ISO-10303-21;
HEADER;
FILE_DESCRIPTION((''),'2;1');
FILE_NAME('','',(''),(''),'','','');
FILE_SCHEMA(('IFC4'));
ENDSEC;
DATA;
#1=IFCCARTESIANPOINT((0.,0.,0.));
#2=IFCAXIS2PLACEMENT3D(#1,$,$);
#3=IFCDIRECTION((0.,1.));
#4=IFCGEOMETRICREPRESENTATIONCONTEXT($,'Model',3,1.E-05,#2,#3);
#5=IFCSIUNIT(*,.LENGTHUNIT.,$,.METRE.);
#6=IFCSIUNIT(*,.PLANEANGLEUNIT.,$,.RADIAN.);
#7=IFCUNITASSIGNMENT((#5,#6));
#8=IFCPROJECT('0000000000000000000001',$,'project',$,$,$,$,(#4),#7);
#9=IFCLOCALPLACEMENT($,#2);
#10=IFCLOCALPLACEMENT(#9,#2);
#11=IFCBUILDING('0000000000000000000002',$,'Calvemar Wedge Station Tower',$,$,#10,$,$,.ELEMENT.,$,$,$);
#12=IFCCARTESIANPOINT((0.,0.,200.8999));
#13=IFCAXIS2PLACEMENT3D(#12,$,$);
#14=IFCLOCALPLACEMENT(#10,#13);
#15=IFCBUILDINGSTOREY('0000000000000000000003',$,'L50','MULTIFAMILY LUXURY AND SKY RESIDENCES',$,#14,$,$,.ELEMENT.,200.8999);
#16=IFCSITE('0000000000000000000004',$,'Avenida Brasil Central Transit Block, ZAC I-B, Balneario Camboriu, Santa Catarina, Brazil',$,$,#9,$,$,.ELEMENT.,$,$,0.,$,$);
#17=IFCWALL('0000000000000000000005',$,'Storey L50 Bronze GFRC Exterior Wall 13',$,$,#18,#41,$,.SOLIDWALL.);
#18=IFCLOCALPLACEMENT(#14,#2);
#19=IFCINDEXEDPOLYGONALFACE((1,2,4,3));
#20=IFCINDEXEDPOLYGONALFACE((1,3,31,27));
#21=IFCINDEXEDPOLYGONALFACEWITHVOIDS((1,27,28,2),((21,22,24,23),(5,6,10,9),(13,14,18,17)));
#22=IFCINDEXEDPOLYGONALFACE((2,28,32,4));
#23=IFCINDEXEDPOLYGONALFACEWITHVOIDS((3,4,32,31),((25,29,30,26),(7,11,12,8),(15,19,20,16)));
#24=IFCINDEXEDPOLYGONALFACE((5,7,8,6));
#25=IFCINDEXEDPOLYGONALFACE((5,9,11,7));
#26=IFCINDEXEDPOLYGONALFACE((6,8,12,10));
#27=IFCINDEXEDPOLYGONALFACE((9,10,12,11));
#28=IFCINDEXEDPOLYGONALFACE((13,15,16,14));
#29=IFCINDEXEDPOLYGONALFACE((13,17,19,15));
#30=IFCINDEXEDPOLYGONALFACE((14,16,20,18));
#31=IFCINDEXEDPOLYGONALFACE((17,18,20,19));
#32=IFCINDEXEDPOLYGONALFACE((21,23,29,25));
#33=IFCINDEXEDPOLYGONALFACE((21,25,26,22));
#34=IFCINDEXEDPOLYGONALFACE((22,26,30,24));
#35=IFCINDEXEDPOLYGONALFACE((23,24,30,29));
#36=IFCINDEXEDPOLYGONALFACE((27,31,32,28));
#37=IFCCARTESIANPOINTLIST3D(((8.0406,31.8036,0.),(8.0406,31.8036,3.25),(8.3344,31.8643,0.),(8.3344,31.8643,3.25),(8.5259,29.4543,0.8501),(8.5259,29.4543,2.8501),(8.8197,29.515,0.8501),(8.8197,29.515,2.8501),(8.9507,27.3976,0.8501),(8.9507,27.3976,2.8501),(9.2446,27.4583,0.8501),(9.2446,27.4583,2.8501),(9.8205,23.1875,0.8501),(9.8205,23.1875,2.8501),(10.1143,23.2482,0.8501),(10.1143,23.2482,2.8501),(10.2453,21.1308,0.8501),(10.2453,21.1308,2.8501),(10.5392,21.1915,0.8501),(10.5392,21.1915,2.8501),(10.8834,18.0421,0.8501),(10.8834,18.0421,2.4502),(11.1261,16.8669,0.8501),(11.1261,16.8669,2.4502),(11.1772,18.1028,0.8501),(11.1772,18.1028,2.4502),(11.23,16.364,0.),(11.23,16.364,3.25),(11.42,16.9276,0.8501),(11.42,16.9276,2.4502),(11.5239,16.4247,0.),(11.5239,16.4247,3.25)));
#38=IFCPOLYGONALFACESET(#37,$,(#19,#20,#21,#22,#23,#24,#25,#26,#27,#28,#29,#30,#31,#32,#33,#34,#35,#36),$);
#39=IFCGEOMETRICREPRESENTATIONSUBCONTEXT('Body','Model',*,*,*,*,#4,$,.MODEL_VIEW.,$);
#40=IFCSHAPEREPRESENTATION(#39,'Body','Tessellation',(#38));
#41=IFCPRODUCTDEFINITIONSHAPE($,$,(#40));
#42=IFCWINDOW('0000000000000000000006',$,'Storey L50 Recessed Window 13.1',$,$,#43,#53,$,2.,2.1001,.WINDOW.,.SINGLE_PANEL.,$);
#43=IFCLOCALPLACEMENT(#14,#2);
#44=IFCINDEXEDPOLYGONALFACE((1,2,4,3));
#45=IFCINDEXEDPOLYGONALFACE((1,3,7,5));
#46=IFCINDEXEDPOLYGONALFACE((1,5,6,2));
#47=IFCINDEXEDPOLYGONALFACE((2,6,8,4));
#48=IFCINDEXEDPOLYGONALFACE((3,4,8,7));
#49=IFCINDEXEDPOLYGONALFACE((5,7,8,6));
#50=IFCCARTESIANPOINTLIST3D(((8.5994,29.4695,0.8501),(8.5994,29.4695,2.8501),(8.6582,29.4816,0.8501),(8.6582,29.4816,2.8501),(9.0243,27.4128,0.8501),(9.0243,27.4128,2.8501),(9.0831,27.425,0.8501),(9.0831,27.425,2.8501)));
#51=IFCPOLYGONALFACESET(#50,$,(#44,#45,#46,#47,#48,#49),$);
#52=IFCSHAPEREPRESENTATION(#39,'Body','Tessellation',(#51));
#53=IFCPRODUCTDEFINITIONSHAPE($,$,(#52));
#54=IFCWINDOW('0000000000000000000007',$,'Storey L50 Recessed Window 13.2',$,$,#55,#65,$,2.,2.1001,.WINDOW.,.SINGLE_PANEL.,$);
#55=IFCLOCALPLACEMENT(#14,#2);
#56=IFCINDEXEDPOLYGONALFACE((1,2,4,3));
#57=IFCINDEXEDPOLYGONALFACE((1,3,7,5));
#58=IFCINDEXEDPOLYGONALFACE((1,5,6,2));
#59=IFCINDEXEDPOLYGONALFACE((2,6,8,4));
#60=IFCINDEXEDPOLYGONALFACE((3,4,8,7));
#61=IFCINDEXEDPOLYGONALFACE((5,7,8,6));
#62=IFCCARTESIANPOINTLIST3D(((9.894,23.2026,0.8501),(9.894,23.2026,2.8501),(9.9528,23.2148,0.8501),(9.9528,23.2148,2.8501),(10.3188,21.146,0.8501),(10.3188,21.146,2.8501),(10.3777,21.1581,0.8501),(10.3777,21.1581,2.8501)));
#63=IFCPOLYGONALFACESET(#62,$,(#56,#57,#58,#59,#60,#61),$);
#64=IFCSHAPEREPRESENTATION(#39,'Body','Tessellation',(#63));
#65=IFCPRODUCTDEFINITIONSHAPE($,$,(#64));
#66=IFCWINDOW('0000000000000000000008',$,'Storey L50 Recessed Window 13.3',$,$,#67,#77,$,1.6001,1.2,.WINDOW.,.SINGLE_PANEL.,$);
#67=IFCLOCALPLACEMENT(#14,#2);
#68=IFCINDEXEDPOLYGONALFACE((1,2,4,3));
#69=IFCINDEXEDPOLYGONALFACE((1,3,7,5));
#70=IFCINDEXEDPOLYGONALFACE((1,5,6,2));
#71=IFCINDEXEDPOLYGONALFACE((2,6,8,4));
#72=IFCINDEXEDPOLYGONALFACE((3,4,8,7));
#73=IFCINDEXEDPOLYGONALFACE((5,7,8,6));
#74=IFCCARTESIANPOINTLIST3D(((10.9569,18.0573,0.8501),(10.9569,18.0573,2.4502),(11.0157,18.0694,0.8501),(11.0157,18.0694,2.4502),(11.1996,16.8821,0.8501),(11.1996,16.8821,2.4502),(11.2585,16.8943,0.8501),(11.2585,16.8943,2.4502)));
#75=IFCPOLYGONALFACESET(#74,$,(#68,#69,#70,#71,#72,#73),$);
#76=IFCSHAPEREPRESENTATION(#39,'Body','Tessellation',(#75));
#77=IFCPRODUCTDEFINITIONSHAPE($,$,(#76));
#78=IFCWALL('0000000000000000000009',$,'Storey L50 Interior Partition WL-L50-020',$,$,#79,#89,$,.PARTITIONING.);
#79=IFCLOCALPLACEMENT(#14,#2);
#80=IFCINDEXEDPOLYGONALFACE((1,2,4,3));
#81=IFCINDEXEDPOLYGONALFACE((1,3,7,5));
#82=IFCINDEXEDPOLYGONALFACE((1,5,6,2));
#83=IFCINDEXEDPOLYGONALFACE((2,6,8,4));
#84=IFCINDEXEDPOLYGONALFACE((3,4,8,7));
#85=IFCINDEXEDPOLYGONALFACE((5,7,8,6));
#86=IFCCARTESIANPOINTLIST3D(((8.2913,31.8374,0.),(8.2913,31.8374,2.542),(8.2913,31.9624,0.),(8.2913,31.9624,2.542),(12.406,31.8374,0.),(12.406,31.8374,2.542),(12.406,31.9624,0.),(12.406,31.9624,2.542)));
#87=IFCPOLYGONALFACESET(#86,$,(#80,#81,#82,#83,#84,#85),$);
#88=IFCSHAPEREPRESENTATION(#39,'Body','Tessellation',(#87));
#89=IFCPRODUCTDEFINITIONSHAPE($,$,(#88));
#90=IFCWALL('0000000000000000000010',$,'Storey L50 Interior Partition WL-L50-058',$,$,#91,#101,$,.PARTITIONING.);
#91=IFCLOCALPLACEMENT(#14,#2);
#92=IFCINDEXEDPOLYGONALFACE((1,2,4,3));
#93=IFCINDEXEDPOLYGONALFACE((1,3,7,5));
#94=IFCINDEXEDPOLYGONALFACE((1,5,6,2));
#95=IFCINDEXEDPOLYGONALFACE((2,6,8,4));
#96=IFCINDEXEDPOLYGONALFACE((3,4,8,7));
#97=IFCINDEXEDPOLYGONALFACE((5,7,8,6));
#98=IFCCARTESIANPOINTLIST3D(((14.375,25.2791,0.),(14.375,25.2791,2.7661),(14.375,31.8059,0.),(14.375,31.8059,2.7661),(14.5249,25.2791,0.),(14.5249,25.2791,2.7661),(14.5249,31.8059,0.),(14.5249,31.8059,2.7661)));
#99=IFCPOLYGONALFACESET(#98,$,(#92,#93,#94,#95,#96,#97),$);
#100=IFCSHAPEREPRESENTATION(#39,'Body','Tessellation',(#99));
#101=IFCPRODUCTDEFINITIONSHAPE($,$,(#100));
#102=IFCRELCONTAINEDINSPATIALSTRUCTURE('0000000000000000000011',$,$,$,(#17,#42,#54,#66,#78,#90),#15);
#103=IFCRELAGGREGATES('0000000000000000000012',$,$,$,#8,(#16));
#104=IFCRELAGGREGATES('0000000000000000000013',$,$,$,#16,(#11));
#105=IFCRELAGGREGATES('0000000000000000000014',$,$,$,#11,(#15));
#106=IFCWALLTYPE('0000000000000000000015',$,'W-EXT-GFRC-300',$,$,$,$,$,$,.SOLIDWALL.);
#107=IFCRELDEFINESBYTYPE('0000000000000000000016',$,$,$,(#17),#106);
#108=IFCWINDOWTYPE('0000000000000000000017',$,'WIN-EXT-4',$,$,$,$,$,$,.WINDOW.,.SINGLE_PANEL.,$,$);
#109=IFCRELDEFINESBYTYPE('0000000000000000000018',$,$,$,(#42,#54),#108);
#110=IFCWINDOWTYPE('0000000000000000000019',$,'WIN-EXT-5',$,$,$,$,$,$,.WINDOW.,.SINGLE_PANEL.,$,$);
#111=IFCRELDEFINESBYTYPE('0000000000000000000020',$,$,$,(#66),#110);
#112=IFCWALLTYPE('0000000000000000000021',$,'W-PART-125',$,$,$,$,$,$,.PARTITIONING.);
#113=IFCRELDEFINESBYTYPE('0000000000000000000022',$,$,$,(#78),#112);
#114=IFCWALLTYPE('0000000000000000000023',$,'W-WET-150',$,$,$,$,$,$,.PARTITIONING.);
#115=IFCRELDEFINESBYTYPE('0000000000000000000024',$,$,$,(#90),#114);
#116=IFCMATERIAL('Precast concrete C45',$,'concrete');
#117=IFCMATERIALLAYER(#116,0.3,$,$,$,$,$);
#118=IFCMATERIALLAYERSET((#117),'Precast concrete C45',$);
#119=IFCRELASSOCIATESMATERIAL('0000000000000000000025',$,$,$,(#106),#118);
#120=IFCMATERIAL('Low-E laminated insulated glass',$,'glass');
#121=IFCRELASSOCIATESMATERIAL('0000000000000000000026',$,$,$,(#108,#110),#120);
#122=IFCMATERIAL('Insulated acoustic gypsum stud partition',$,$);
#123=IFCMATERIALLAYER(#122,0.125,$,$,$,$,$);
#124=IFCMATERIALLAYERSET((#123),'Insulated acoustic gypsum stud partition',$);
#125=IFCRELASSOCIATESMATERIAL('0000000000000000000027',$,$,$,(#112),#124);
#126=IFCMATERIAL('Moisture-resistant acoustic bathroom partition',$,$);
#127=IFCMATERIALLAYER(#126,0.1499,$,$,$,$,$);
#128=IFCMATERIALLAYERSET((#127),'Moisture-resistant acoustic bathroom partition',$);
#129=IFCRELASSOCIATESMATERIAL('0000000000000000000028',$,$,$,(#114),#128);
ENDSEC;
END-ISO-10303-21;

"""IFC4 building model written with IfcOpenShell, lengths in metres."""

from ifc_helpers import new_model, si_unit, direction, frame, frame_2d, origin, place, context, subcontext, project, spatial, rectangle, extrude, source, transform, mapped, material, layer, layer_set, type_object, element, fill, save


model = new_model("IFC4")

# Units and contexts
model_context = context("Model", 3, precision=1e-05, world=origin(), true_north=direction((0.0, 1.0)))
body_context = subcontext(model_context, "Body", "Model", "MODEL_VIEW")
ifc_project = project(units=[si_unit("LENGTHUNIT", "METRE"), si_unit("PLANEANGLEUNIT", "RADIAN")], contexts=[model_context])

# Site, building, storey
site_placement = place(None, origin())
site = spatial("IfcSite", under=ifc_project, at=site_placement, Name="Avenida Brasil Central Transit Block, ZAC I-B, Balneario Camboriu, Santa Catarina, Brazil", CompositionType="ELEMENT", RefElevation=0.0)
building_placement = place(site_placement, origin())
building = spatial("IfcBuilding", under=site, at=building_placement, Name="Calvemar Wedge Station Tower", CompositionType="ELEMENT")
storey_placement = place(building_placement, frame((0.0, 0.0, 200.8999)))
storey = spatial("IfcBuildingStorey", under=building, at=storey_placement, Name="L50", Description="MULTIFAMILY LUXURY AND SKY RESIDENCES", CompositionType="ELEMENT", Elevation=200.8999)

# Wall, openings, windows
ifc_material_1 = material(Name="Precast concrete C45", Category="concrete")
ifc_layer_1 = layer(ifc_material_1, 0.3)
ifc_layer_set_1 = layer_set([ifc_layer_1], Name="Precast concrete C45")
wall_type_1 = type_object("IfcWallType", Name="W-EXT-GFRC-300", PredefinedType="SOLIDWALL", material=ifc_layer_set_1)
wall_1_placement = place(storey_placement, frame((8.1875, 31.834, 0.0), z_axis=(0.0, 0.0, 1.0), x_axis=(0.202303, -0.979323, 0.0)))
wall_1 = element("IfcWall", 1, at=wall_1_placement, inside=storey, type_object=wall_type_1, Name="Storey L50 Bronze GFRC Exterior Wall 13", PredefinedType="SOLIDWALL", context=body_context, shape_type="SweptSolid", body=[
    extrude(rectangle(XDim=15.7656, YDim=0.3, at=frame_2d((7.8828, 0.0))), origin(), (0.0, 0.0, 1.0), 3.25),
])
shared_shape_1 = source(origin(), body_context, "Body", "SweptSolid", [
    extrude(rectangle(XDim=2.1001, YDim=2.0, at=frame_2d((1.05, 1.0))), frame((0.0, 0.1602, 0.0), z_axis=(0.0, -1.0, 0.0), x_axis=(1.0, 0.0, 0.0)), (0.0, 0.0, 1.0), 0.3201),
])
opening_1_placement = place(wall_1_placement, frame((2.3989, 0.0, 0.8501)))
opening_1 = element("IfcOpeningElement", 2, at=opening_1_placement, cuts=wall_1, PredefinedType="OPENING", context=body_context, shape_type="MappedRepresentation", body=[
    mapped(shared_shape_1, transform((0.0, 0.0, 0.0), scale=1.0)),
])
opening_2_placement = place(wall_1_placement, frame((8.7981, 0.0, 0.8501)))
opening_2 = element("IfcOpeningElement", 3, at=opening_2_placement, cuts=wall_1, PredefinedType="OPENING", context=body_context, shape_type="MappedRepresentation", body=[
    mapped(shared_shape_1, transform((0.0, 0.0, 0.0), scale=1.0)),
])
shared_shape_2 = source(origin(), body_context, "Body", "SweptSolid", [
    extrude(rectangle(XDim=1.2, YDim=1.6001, at=frame_2d((0.6001, 0.8))), frame((0.0, 0.1602, 0.0), z_axis=(0.0, -1.0, 0.0), x_axis=(1.0, 0.0, 0.0)), (0.0, 0.0, 1.0), 0.3201),
])
opening_3_placement = place(wall_1_placement, frame((14.052, 0.0, 0.8501)))
opening_3 = element("IfcOpeningElement", 4, at=opening_3_placement, cuts=wall_1, PredefinedType="OPENING", context=body_context, shape_type="MappedRepresentation", body=[
    mapped(shared_shape_2, transform((0.0, 0.0, 0.0), scale=1.0)),
])
ifc_material_2 = material(Name="Low-E laminated insulated glass", Category="glass")
window_type_1 = type_object("IfcWindowType", Name="WIN-EXT-4", PartitioningType="SINGLE_PANEL", PredefinedType="WINDOW", material=ifc_material_2)
shared_shape_3 = source(origin(), body_context, "Body", "SweptSolid", [
    extrude(rectangle(XDim=2.1001, YDim=2.0, at=frame_2d((1.05, 1.0))), frame((0.0, -0.0149, 0.0), z_axis=(0.0, -1.0, 0.0), x_axis=(1.0, 0.0, 0.0)), (0.0, 0.0, 1.0), 0.0601),
])
window_1_placement = place(opening_1_placement, origin())
window_1 = element("IfcWindow", 5, at=window_1_placement, inside=storey, type_object=window_type_1, Name="Storey L50 Recessed Window 13.1", OverallHeight=2.0, OverallWidth=2.1001, PartitioningType="SINGLE_PANEL", PredefinedType="WINDOW", context=body_context, shape_type="MappedRepresentation", body=[
    mapped(shared_shape_3, transform((0.0, 0.0, 0.0), scale=1.0)),
])
fill(opening_1, window_1)
window_2_placement = place(opening_2_placement, origin())
window_2 = element("IfcWindow", 6, at=window_2_placement, inside=storey, type_object=window_type_1, Name="Storey L50 Recessed Window 13.2", OverallHeight=2.0, OverallWidth=2.1001, PartitioningType="SINGLE_PANEL", PredefinedType="WINDOW", context=body_context, shape_type="MappedRepresentation", body=[
    mapped(shared_shape_3, transform((0.0, 0.0, 0.0), scale=1.0)),
])
fill(opening_2, window_2)
window_type_2 = type_object("IfcWindowType", Name="WIN-EXT-5", PartitioningType="SINGLE_PANEL", PredefinedType="WINDOW", material=ifc_material_2)
shared_shape_4 = source(origin(), body_context, "Body", "SweptSolid", [
    extrude(rectangle(XDim=1.2, YDim=1.6001, at=frame_2d((0.6001, 0.8))), frame((0.0, -0.0149, 0.0), z_axis=(0.0, -1.0, 0.0), x_axis=(1.0, 0.0, 0.0)), (0.0, 0.0, 1.0), 0.0601),
])
window_3_placement = place(opening_3_placement, origin())
window_3 = element("IfcWindow", 7, at=window_3_placement, inside=storey, type_object=window_type_2, Name="Storey L50 Recessed Window 13.3", OverallHeight=1.6001, OverallWidth=1.2, PartitioningType="SINGLE_PANEL", PredefinedType="WINDOW", context=body_context, shape_type="MappedRepresentation", body=[
    mapped(shared_shape_4, transform((0.0, 0.0, 0.0), scale=1.0)),
])
fill(opening_3, window_3)

# Walls
ifc_material_3 = material(Name="Insulated acoustic gypsum stud partition")
ifc_layer_2 = layer(ifc_material_3, 0.125)
ifc_layer_set_2 = layer_set([ifc_layer_2], Name="Insulated acoustic gypsum stud partition")
wall_type_2 = type_object("IfcWallType", Name="W-PART-125", PredefinedType="PARTITIONING", material=ifc_layer_set_2)
wall_2_placement = place(storey_placement, frame((12.406, 31.8999, 0.0), z_axis=(0.0, 0.0, 1.0), x_axis=(-1.0, 0.0, 0.0)))
element("IfcWall", 8, at=wall_2_placement, inside=storey, type_object=wall_type_2, Name="Storey L50 Interior Partition WL-L50-020", PredefinedType="PARTITIONING", context=body_context, shape_type="SweptSolid", body=[
    extrude(rectangle(XDim=4.1147, YDim=0.125, at=frame_2d((2.0574, 0.0))), origin(), (0.0, 0.0, 1.0), 2.542),
])
ifc_material_4 = material(Name="Moisture-resistant acoustic bathroom partition")
ifc_layer_3 = layer(ifc_material_4, 0.1499)
ifc_layer_set_3 = layer_set([ifc_layer_3], Name="Moisture-resistant acoustic bathroom partition")
wall_type_3 = type_object("IfcWallType", Name="W-WET-150", PredefinedType="PARTITIONING", material=ifc_layer_set_3)
wall_3_placement = place(storey_placement, frame((14.45, 25.2791, 0.0), z_axis=(0.0, 0.0, 1.0), x_axis=(0.0, 1.0, 0.0)))
element("IfcWall", 9, at=wall_3_placement, inside=storey, type_object=wall_type_3, Name="Storey L50 Interior Partition WL-L50-058", PredefinedType="PARTITIONING", context=body_context, shape_type="SweptSolid", body=[
    extrude(rectangle(XDim=6.5269, YDim=0.1499, at=frame_2d((3.2634, 0.0))), origin(), (0.0, 0.0, 1.0), 2.7661),
])

save(model, "model.ifc")
